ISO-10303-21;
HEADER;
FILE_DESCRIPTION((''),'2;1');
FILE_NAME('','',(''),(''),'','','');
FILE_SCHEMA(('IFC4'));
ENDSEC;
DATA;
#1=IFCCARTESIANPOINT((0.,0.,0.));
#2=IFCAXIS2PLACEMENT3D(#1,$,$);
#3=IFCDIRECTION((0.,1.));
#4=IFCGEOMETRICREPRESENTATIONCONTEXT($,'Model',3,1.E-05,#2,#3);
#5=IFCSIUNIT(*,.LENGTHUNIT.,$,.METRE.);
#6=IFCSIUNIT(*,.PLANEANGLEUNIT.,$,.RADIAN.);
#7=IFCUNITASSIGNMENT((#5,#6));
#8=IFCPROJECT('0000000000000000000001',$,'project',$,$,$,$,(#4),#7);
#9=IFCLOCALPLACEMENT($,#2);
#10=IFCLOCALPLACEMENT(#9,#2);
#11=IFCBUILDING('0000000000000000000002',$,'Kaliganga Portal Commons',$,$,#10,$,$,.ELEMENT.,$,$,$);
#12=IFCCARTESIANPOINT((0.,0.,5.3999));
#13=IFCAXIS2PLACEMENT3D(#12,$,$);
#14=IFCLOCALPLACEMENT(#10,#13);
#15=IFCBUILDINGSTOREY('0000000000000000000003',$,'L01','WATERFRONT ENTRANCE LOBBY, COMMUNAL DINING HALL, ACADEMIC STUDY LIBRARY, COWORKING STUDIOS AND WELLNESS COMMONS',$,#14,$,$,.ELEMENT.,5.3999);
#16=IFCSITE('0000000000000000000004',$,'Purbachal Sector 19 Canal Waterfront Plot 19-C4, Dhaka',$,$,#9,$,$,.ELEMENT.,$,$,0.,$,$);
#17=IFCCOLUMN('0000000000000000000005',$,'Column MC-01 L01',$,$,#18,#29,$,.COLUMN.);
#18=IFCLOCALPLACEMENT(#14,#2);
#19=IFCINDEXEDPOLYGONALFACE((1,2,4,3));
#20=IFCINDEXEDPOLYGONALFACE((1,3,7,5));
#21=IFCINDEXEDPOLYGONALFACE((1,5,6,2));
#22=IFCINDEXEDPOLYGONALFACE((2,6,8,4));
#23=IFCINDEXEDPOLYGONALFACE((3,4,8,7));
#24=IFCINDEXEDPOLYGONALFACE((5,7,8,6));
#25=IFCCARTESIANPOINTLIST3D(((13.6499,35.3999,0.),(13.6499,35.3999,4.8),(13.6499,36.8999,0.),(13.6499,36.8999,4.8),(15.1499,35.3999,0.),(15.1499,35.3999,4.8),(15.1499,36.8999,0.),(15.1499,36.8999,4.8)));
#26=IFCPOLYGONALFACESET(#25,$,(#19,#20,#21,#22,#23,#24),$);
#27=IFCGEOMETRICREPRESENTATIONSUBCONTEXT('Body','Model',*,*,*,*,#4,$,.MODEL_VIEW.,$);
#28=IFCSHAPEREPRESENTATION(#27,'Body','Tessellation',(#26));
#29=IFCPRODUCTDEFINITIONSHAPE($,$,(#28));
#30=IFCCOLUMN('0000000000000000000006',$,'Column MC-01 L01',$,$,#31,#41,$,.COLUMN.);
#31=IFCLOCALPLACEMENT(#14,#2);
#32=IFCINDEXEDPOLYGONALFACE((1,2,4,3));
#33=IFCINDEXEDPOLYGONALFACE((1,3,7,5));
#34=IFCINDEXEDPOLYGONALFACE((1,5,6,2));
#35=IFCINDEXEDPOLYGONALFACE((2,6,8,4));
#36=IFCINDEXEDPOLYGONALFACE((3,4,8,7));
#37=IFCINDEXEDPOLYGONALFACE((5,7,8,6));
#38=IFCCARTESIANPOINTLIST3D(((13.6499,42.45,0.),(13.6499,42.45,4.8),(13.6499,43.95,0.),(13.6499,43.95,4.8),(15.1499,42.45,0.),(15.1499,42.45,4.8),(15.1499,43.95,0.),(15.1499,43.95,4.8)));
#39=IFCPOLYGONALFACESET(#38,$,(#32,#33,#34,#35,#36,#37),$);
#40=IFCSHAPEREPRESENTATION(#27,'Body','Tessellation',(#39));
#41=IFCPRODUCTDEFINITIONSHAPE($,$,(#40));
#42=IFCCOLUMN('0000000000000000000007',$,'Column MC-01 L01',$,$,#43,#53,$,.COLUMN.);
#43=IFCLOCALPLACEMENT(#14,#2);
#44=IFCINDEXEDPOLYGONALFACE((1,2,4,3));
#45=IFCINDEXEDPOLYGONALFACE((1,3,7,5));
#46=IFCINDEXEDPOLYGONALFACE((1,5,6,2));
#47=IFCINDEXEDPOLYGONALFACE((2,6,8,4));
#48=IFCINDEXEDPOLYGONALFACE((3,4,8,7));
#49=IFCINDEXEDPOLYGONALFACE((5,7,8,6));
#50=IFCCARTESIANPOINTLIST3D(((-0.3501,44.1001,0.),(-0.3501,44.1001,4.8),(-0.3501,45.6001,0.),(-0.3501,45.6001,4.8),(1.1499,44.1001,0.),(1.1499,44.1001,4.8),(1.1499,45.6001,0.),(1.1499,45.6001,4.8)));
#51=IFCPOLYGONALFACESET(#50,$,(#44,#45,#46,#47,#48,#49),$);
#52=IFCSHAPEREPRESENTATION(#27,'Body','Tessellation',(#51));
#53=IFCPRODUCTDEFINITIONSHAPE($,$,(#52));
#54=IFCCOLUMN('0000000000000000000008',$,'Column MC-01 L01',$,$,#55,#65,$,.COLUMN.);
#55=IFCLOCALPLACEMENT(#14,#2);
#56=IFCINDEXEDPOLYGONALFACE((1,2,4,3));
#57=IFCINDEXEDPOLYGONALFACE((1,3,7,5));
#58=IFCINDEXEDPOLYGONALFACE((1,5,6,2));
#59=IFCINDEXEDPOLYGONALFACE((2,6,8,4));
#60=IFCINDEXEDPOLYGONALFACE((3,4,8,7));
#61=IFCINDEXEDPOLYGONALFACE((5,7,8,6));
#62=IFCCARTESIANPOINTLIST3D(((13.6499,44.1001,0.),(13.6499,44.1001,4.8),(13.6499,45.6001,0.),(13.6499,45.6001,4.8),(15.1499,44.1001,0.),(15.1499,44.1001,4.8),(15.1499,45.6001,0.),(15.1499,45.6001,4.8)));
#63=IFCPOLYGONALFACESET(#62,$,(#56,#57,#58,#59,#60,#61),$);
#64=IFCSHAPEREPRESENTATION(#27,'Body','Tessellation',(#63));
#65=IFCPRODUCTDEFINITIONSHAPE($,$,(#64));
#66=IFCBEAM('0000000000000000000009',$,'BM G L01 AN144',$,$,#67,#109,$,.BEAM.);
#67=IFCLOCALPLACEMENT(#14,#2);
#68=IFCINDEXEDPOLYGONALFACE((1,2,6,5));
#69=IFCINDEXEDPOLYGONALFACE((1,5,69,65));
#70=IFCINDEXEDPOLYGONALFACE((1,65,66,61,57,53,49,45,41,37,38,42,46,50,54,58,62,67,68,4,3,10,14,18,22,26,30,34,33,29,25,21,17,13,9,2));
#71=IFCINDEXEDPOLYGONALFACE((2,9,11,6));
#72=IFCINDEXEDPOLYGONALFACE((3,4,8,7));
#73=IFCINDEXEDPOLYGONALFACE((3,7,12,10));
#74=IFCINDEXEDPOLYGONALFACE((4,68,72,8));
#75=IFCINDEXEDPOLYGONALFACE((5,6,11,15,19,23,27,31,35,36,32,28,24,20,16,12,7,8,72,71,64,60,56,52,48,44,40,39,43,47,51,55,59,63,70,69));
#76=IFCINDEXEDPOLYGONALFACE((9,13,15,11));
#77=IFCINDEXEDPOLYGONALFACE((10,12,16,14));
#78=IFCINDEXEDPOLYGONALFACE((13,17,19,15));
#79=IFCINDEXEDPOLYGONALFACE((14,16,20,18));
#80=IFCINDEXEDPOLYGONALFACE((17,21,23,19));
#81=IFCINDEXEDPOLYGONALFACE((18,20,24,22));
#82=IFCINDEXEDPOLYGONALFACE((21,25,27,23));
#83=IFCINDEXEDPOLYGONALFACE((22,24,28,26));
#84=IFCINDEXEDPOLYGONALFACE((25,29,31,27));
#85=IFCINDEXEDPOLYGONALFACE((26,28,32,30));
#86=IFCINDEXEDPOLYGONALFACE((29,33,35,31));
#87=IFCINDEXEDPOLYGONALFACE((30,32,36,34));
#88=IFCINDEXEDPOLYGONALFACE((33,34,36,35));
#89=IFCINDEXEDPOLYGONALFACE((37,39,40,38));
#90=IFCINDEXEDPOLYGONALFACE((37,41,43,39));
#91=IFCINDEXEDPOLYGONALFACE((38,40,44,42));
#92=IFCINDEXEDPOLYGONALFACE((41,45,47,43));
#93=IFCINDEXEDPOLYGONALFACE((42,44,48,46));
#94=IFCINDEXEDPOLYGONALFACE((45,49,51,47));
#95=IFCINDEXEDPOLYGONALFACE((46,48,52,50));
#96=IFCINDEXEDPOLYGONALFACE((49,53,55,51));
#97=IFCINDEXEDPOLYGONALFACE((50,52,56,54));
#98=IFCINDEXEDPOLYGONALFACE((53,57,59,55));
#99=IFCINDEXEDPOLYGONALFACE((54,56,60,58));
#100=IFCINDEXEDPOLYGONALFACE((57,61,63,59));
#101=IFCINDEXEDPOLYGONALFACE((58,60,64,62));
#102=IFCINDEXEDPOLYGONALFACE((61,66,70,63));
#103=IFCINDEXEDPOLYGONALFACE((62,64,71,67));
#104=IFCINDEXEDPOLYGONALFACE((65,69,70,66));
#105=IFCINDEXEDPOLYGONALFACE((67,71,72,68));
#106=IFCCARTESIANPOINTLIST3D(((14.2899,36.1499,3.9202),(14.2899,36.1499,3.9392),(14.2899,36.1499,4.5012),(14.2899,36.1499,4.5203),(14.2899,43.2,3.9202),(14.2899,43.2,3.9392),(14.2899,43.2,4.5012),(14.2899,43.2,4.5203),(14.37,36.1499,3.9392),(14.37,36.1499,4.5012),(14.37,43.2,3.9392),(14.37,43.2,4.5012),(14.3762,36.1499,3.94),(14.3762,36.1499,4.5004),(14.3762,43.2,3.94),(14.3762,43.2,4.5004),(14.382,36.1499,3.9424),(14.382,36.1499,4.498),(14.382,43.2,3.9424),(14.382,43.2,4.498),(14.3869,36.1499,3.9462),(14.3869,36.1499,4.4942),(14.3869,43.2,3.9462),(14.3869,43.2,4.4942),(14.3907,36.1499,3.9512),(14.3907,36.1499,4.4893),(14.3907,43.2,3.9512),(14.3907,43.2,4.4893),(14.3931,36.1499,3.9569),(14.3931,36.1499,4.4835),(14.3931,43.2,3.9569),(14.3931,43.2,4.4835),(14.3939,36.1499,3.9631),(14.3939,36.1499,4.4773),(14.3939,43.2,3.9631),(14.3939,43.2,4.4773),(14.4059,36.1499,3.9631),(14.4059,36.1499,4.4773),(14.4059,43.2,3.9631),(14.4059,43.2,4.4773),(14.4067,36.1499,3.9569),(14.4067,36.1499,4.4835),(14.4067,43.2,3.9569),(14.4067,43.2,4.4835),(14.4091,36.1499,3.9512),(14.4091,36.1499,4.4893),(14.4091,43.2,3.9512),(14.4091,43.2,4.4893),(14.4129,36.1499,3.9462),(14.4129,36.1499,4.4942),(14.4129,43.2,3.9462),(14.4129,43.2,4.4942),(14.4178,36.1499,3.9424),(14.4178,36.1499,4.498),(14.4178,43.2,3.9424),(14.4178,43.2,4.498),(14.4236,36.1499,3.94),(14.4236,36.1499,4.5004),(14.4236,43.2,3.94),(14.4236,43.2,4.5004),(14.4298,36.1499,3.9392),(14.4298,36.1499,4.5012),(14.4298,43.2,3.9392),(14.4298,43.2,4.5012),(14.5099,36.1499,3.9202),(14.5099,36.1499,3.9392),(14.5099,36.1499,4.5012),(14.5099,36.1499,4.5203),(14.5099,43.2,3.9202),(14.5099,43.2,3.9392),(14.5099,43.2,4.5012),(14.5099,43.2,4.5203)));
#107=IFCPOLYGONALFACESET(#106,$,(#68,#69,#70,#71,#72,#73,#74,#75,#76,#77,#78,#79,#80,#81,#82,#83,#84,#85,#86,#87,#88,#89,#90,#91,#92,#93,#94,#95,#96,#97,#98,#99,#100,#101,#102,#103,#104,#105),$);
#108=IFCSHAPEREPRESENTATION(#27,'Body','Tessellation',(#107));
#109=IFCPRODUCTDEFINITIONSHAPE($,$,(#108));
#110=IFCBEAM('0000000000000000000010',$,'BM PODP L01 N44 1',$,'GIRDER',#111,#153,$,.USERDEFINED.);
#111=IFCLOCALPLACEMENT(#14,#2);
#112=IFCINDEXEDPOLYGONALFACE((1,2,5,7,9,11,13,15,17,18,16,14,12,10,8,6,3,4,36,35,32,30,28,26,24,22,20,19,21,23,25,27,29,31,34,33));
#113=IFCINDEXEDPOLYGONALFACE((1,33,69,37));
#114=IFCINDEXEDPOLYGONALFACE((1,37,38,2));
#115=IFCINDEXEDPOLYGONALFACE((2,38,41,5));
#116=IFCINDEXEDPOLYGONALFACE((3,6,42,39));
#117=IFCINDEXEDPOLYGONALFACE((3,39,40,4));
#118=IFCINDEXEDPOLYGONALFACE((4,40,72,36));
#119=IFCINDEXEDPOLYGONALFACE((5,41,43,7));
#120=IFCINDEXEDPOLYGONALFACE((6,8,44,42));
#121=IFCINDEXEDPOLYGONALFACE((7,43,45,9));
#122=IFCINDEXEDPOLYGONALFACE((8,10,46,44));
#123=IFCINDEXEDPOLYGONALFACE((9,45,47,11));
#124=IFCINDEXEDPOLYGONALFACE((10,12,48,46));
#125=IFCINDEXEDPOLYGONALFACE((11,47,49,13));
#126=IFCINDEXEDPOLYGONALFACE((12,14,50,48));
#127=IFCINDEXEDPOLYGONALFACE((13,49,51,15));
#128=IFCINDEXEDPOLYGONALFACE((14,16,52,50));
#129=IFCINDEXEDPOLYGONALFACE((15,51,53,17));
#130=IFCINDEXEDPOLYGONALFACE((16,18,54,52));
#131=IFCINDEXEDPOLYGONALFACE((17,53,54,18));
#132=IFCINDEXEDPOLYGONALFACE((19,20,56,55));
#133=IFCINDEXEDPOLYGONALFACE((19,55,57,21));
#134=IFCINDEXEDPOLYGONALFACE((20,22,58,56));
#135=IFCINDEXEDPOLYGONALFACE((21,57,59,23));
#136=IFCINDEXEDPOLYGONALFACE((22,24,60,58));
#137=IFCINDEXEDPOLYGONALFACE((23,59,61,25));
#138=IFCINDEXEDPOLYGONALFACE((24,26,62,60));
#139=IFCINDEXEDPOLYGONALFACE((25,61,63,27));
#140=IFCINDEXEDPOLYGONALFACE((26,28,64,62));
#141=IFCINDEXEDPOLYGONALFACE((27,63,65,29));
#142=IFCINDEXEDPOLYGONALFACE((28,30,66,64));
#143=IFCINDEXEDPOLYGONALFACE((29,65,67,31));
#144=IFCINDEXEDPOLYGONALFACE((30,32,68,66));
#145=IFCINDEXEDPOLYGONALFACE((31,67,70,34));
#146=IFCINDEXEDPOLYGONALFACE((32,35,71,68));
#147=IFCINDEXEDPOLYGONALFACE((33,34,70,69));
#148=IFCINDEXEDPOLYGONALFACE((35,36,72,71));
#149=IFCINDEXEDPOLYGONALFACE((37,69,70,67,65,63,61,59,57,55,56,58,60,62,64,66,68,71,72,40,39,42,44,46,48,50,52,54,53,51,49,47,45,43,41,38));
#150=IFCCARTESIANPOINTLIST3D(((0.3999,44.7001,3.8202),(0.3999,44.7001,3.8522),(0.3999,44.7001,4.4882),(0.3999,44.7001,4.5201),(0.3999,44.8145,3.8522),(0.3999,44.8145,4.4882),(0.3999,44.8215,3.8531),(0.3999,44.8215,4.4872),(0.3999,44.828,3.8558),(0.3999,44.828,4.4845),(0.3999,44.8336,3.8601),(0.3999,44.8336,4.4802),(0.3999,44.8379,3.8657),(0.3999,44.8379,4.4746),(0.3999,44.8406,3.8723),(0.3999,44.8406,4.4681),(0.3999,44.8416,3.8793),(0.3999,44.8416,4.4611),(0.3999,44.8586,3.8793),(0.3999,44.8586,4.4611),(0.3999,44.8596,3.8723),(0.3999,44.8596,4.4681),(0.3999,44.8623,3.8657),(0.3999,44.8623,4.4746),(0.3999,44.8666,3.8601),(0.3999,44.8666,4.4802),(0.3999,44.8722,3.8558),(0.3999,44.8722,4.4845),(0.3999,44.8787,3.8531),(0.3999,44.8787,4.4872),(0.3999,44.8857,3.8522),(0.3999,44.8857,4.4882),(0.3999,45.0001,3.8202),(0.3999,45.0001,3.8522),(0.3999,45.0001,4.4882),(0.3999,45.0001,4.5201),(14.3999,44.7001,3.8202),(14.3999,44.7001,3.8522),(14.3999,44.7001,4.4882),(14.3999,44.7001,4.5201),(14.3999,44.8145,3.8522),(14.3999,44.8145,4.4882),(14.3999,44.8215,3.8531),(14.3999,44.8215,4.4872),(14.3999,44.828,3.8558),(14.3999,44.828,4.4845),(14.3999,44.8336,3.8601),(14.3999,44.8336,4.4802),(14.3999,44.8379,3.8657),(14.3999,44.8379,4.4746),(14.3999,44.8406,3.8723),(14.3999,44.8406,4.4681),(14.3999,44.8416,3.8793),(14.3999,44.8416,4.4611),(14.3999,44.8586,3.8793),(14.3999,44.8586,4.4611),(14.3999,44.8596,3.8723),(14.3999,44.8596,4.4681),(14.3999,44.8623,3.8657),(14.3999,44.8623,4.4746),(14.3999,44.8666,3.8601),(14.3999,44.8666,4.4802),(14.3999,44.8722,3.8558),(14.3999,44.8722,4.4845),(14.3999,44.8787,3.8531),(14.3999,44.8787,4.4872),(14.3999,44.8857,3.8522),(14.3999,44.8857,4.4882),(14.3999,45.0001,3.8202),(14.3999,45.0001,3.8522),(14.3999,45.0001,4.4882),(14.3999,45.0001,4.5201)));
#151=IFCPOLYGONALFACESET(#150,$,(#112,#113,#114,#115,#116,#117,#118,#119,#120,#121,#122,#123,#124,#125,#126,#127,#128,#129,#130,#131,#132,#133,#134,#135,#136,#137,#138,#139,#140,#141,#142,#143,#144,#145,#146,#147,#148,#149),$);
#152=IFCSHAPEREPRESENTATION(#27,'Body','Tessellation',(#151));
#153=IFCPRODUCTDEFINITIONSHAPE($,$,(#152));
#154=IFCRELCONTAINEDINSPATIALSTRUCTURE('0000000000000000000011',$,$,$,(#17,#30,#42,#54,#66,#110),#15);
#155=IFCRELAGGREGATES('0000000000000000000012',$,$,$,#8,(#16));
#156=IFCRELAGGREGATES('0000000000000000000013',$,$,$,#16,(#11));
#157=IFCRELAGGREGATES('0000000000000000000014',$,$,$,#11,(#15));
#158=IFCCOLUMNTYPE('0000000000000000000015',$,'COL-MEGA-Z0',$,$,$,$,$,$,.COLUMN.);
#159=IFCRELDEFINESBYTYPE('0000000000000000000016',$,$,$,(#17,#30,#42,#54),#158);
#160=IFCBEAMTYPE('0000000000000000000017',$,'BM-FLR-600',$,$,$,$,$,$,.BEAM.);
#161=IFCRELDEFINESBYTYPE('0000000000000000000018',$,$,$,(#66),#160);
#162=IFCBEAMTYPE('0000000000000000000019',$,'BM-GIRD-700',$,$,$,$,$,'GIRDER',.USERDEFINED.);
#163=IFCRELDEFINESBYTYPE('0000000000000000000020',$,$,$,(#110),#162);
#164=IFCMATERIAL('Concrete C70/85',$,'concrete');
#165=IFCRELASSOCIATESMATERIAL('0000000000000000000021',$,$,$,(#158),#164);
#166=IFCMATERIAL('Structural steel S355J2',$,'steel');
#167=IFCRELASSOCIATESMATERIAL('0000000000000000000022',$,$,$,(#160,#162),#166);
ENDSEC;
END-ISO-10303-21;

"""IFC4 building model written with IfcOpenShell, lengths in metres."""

from ifc_helpers import new_model, si_unit, direction, frame, origin, origin_2d, place, context, subcontext, project, spatial, rectangle, i_section, extrude, source, transform, mapped, material, material_profile, profile_set, type_object, element, save


model = new_model("IFC4")

# Units and contexts
model_context = context("Model", 3, precision=1e-05, world=origin(), true_north=direction((0.0, 1.0)))
body_context = subcontext(model_context, "Body", "Model", "MODEL_VIEW")
ifc_project = project(units=[si_unit("LENGTHUNIT", "METRE"), si_unit("PLANEANGLEUNIT", "RADIAN")], contexts=[model_context])

# Site, building, storey
site_placement = place(None, origin())
site = spatial("IfcSite", under=ifc_project, at=site_placement, Name="Purbachal Sector 19 Canal Waterfront Plot 19-C4, Dhaka", CompositionType="ELEMENT", RefElevation=0.0)
building_placement = place(site_placement, origin())
building = spatial("IfcBuilding", under=site, at=building_placement, Name="Kaliganga Portal Commons", CompositionType="ELEMENT")
storey_placement = place(building_placement, frame((0.0, 0.0, 5.3999)))
storey = spatial("IfcBuildingStorey", under=building, at=storey_placement, Name="L01", Description="WATERFRONT ENTRANCE LOBBY, COMMUNAL DINING HALL, ACADEMIC STUDY LIBRARY, COWORKING STUDIOS AND WELLNESS COMMONS", CompositionType="ELEMENT", Elevation=5.3999)

# Columns
ifc_material_1 = material(Name="Concrete C70/85", Category="concrete")
ifc_material_profile_1 = material_profile(ifc_material_1, rectangle(XDim=1.5, YDim=1.5, at=origin_2d()), Name="RC 1500x1500")
ifc_profile_set_1 = profile_set([ifc_material_profile_1], Name="Concrete C70/85")
column_type = type_object("IfcColumnType", Name="COL-MEGA-Z0", PredefinedType="COLUMN", material=ifc_profile_set_1)
shared_shape_1 = source(origin(), body_context, "Body", "SweptSolid", [
    extrude(rectangle(XDim=1.5, YDim=1.5, at=origin_2d()), origin(), (0.0, 0.0, 1.0), 4.8),
])
for number, where, z_axis, x_axis, name in (
    (1, (14.3999, 36.1499, 0.0), (0.0, 0.0, 1.0), (1.0, 0.0, 0.0), "Column MC-01 L01"),
    (2, (14.3999, 43.2, 0.0), (0.0, 0.0, 1.0), (1.0, 0.0, 0.0), "Column MC-01 L01"),
    (3, (0.3999, 44.8501, 0.0), (0.0, 0.0, 1.0), (1.0, 0.0, 0.0), "Column MC-01 L01"),
    (4, (14.3999, 44.8501, 0.0), (0.0, 0.0, 1.0), (1.0, 0.0, 0.0), "Column MC-01 L01"),
):
    element("IfcColumn", number, at=place(storey_placement, frame(where, z_axis=z_axis, x_axis=x_axis)), inside=storey, type_object=column_type, Name=name, PredefinedType="COLUMN", context=body_context, shape_type="MappedRepresentation", body=[
        mapped(shared_shape_1, transform((0.0, 0.0, 0.0), x_axis=(1.0, 0.0, 0.0), y_axis=(0.0, 1.0, 0.0), z_axis=(0.0, 0.0, 1.0), scale=1.0)),
    ])

# Beams
ifc_material_2 = material(Name="Structural steel S355J2", Category="steel")
ifc_material_profile_2 = material_profile(ifc_material_2, i_section(OverallWidth=0.22, OverallDepth=0.6001, WebThickness=0.012, FlangeThickness=0.019, FilletRadius=0.0239, at=origin_2d()), Name="IPE 600")
ifc_profile_set_2 = profile_set([ifc_material_profile_2], Name="Structural steel S355J2 wide-flange")
beam_type_1 = type_object("IfcBeamType", Name="BM-FLR-600", PredefinedType="BEAM", material=ifc_profile_set_2)
shared_shape_2 = source(origin(), body_context, "Body", "SweptSolid", [
    extrude(i_section(OverallWidth=0.22, OverallDepth=0.6001, WebThickness=0.012, FlangeThickness=0.019, FilletRadius=0.0239, at=origin_2d()), origin(), (0.0, 0.0, 1.0), 7.05),
])
beam_1_placement = place(storey_placement, frame((14.3999, 36.1499, 4.2202), z_axis=(0.0, 1.0, 0.0), x_axis=(-1.0, 0.0, 0.0)))
element("IfcBeam", 5, at=beam_1_placement, inside=storey, type_object=beam_type_1, Name="BM G L01 AN144", PredefinedType="BEAM", context=body_context, shape_type="MappedRepresentation", body=[
    mapped(shared_shape_2, transform((0.0, 0.0, 0.0), x_axis=(1.0, 0.0, 0.0), y_axis=(0.0, 1.0, 0.0), z_axis=(0.0, 0.0, 1.0), scale=1.0)),
])
ifc_material_profile_3 = material_profile(ifc_material_2, i_section(OverallWidth=0.3, OverallDepth=0.7, WebThickness=0.0171, FlangeThickness=0.032, FilletRadius=0.0271, at=origin_2d()), Name="HE 700 B")
ifc_profile_set_3 = profile_set([ifc_material_profile_3], Name="Structural steel S355J2 wide-flange")
beam_type_2 = type_object("IfcBeamType", Name="BM-GIRD-700", ElementType="GIRDER", PredefinedType="USERDEFINED", material=ifc_profile_set_3)
shared_shape_3 = source(origin(), body_context, "Body", "SweptSolid", [
    extrude(i_section(OverallWidth=0.3, OverallDepth=0.7, WebThickness=0.0171, FlangeThickness=0.032, FilletRadius=0.0271, at=origin_2d()), origin(), (0.0, 0.0, 1.0), 14.0),
])
beam_2_placement = place(storey_placement, frame((0.3999, 44.8501, 4.1702), z_axis=(1.0, 0.0, 0.0), x_axis=(0.0, 1.0, 0.0)))
element("IfcBeam", 6, at=beam_2_placement, inside=storey, type_object=beam_type_2, Name="BM PODP L01 N44 1", ObjectType="GIRDER", PredefinedType="USERDEFINED", context=body_context, shape_type="MappedRepresentation", body=[
    mapped(shared_shape_3, transform((0.0, 0.0, 0.0), x_axis=(1.0, 0.0, 0.0), y_axis=(0.0, 1.0, 0.0), z_axis=(0.0, 0.0, 1.0), scale=1.0)),
])

save(model, "model.ifc")
